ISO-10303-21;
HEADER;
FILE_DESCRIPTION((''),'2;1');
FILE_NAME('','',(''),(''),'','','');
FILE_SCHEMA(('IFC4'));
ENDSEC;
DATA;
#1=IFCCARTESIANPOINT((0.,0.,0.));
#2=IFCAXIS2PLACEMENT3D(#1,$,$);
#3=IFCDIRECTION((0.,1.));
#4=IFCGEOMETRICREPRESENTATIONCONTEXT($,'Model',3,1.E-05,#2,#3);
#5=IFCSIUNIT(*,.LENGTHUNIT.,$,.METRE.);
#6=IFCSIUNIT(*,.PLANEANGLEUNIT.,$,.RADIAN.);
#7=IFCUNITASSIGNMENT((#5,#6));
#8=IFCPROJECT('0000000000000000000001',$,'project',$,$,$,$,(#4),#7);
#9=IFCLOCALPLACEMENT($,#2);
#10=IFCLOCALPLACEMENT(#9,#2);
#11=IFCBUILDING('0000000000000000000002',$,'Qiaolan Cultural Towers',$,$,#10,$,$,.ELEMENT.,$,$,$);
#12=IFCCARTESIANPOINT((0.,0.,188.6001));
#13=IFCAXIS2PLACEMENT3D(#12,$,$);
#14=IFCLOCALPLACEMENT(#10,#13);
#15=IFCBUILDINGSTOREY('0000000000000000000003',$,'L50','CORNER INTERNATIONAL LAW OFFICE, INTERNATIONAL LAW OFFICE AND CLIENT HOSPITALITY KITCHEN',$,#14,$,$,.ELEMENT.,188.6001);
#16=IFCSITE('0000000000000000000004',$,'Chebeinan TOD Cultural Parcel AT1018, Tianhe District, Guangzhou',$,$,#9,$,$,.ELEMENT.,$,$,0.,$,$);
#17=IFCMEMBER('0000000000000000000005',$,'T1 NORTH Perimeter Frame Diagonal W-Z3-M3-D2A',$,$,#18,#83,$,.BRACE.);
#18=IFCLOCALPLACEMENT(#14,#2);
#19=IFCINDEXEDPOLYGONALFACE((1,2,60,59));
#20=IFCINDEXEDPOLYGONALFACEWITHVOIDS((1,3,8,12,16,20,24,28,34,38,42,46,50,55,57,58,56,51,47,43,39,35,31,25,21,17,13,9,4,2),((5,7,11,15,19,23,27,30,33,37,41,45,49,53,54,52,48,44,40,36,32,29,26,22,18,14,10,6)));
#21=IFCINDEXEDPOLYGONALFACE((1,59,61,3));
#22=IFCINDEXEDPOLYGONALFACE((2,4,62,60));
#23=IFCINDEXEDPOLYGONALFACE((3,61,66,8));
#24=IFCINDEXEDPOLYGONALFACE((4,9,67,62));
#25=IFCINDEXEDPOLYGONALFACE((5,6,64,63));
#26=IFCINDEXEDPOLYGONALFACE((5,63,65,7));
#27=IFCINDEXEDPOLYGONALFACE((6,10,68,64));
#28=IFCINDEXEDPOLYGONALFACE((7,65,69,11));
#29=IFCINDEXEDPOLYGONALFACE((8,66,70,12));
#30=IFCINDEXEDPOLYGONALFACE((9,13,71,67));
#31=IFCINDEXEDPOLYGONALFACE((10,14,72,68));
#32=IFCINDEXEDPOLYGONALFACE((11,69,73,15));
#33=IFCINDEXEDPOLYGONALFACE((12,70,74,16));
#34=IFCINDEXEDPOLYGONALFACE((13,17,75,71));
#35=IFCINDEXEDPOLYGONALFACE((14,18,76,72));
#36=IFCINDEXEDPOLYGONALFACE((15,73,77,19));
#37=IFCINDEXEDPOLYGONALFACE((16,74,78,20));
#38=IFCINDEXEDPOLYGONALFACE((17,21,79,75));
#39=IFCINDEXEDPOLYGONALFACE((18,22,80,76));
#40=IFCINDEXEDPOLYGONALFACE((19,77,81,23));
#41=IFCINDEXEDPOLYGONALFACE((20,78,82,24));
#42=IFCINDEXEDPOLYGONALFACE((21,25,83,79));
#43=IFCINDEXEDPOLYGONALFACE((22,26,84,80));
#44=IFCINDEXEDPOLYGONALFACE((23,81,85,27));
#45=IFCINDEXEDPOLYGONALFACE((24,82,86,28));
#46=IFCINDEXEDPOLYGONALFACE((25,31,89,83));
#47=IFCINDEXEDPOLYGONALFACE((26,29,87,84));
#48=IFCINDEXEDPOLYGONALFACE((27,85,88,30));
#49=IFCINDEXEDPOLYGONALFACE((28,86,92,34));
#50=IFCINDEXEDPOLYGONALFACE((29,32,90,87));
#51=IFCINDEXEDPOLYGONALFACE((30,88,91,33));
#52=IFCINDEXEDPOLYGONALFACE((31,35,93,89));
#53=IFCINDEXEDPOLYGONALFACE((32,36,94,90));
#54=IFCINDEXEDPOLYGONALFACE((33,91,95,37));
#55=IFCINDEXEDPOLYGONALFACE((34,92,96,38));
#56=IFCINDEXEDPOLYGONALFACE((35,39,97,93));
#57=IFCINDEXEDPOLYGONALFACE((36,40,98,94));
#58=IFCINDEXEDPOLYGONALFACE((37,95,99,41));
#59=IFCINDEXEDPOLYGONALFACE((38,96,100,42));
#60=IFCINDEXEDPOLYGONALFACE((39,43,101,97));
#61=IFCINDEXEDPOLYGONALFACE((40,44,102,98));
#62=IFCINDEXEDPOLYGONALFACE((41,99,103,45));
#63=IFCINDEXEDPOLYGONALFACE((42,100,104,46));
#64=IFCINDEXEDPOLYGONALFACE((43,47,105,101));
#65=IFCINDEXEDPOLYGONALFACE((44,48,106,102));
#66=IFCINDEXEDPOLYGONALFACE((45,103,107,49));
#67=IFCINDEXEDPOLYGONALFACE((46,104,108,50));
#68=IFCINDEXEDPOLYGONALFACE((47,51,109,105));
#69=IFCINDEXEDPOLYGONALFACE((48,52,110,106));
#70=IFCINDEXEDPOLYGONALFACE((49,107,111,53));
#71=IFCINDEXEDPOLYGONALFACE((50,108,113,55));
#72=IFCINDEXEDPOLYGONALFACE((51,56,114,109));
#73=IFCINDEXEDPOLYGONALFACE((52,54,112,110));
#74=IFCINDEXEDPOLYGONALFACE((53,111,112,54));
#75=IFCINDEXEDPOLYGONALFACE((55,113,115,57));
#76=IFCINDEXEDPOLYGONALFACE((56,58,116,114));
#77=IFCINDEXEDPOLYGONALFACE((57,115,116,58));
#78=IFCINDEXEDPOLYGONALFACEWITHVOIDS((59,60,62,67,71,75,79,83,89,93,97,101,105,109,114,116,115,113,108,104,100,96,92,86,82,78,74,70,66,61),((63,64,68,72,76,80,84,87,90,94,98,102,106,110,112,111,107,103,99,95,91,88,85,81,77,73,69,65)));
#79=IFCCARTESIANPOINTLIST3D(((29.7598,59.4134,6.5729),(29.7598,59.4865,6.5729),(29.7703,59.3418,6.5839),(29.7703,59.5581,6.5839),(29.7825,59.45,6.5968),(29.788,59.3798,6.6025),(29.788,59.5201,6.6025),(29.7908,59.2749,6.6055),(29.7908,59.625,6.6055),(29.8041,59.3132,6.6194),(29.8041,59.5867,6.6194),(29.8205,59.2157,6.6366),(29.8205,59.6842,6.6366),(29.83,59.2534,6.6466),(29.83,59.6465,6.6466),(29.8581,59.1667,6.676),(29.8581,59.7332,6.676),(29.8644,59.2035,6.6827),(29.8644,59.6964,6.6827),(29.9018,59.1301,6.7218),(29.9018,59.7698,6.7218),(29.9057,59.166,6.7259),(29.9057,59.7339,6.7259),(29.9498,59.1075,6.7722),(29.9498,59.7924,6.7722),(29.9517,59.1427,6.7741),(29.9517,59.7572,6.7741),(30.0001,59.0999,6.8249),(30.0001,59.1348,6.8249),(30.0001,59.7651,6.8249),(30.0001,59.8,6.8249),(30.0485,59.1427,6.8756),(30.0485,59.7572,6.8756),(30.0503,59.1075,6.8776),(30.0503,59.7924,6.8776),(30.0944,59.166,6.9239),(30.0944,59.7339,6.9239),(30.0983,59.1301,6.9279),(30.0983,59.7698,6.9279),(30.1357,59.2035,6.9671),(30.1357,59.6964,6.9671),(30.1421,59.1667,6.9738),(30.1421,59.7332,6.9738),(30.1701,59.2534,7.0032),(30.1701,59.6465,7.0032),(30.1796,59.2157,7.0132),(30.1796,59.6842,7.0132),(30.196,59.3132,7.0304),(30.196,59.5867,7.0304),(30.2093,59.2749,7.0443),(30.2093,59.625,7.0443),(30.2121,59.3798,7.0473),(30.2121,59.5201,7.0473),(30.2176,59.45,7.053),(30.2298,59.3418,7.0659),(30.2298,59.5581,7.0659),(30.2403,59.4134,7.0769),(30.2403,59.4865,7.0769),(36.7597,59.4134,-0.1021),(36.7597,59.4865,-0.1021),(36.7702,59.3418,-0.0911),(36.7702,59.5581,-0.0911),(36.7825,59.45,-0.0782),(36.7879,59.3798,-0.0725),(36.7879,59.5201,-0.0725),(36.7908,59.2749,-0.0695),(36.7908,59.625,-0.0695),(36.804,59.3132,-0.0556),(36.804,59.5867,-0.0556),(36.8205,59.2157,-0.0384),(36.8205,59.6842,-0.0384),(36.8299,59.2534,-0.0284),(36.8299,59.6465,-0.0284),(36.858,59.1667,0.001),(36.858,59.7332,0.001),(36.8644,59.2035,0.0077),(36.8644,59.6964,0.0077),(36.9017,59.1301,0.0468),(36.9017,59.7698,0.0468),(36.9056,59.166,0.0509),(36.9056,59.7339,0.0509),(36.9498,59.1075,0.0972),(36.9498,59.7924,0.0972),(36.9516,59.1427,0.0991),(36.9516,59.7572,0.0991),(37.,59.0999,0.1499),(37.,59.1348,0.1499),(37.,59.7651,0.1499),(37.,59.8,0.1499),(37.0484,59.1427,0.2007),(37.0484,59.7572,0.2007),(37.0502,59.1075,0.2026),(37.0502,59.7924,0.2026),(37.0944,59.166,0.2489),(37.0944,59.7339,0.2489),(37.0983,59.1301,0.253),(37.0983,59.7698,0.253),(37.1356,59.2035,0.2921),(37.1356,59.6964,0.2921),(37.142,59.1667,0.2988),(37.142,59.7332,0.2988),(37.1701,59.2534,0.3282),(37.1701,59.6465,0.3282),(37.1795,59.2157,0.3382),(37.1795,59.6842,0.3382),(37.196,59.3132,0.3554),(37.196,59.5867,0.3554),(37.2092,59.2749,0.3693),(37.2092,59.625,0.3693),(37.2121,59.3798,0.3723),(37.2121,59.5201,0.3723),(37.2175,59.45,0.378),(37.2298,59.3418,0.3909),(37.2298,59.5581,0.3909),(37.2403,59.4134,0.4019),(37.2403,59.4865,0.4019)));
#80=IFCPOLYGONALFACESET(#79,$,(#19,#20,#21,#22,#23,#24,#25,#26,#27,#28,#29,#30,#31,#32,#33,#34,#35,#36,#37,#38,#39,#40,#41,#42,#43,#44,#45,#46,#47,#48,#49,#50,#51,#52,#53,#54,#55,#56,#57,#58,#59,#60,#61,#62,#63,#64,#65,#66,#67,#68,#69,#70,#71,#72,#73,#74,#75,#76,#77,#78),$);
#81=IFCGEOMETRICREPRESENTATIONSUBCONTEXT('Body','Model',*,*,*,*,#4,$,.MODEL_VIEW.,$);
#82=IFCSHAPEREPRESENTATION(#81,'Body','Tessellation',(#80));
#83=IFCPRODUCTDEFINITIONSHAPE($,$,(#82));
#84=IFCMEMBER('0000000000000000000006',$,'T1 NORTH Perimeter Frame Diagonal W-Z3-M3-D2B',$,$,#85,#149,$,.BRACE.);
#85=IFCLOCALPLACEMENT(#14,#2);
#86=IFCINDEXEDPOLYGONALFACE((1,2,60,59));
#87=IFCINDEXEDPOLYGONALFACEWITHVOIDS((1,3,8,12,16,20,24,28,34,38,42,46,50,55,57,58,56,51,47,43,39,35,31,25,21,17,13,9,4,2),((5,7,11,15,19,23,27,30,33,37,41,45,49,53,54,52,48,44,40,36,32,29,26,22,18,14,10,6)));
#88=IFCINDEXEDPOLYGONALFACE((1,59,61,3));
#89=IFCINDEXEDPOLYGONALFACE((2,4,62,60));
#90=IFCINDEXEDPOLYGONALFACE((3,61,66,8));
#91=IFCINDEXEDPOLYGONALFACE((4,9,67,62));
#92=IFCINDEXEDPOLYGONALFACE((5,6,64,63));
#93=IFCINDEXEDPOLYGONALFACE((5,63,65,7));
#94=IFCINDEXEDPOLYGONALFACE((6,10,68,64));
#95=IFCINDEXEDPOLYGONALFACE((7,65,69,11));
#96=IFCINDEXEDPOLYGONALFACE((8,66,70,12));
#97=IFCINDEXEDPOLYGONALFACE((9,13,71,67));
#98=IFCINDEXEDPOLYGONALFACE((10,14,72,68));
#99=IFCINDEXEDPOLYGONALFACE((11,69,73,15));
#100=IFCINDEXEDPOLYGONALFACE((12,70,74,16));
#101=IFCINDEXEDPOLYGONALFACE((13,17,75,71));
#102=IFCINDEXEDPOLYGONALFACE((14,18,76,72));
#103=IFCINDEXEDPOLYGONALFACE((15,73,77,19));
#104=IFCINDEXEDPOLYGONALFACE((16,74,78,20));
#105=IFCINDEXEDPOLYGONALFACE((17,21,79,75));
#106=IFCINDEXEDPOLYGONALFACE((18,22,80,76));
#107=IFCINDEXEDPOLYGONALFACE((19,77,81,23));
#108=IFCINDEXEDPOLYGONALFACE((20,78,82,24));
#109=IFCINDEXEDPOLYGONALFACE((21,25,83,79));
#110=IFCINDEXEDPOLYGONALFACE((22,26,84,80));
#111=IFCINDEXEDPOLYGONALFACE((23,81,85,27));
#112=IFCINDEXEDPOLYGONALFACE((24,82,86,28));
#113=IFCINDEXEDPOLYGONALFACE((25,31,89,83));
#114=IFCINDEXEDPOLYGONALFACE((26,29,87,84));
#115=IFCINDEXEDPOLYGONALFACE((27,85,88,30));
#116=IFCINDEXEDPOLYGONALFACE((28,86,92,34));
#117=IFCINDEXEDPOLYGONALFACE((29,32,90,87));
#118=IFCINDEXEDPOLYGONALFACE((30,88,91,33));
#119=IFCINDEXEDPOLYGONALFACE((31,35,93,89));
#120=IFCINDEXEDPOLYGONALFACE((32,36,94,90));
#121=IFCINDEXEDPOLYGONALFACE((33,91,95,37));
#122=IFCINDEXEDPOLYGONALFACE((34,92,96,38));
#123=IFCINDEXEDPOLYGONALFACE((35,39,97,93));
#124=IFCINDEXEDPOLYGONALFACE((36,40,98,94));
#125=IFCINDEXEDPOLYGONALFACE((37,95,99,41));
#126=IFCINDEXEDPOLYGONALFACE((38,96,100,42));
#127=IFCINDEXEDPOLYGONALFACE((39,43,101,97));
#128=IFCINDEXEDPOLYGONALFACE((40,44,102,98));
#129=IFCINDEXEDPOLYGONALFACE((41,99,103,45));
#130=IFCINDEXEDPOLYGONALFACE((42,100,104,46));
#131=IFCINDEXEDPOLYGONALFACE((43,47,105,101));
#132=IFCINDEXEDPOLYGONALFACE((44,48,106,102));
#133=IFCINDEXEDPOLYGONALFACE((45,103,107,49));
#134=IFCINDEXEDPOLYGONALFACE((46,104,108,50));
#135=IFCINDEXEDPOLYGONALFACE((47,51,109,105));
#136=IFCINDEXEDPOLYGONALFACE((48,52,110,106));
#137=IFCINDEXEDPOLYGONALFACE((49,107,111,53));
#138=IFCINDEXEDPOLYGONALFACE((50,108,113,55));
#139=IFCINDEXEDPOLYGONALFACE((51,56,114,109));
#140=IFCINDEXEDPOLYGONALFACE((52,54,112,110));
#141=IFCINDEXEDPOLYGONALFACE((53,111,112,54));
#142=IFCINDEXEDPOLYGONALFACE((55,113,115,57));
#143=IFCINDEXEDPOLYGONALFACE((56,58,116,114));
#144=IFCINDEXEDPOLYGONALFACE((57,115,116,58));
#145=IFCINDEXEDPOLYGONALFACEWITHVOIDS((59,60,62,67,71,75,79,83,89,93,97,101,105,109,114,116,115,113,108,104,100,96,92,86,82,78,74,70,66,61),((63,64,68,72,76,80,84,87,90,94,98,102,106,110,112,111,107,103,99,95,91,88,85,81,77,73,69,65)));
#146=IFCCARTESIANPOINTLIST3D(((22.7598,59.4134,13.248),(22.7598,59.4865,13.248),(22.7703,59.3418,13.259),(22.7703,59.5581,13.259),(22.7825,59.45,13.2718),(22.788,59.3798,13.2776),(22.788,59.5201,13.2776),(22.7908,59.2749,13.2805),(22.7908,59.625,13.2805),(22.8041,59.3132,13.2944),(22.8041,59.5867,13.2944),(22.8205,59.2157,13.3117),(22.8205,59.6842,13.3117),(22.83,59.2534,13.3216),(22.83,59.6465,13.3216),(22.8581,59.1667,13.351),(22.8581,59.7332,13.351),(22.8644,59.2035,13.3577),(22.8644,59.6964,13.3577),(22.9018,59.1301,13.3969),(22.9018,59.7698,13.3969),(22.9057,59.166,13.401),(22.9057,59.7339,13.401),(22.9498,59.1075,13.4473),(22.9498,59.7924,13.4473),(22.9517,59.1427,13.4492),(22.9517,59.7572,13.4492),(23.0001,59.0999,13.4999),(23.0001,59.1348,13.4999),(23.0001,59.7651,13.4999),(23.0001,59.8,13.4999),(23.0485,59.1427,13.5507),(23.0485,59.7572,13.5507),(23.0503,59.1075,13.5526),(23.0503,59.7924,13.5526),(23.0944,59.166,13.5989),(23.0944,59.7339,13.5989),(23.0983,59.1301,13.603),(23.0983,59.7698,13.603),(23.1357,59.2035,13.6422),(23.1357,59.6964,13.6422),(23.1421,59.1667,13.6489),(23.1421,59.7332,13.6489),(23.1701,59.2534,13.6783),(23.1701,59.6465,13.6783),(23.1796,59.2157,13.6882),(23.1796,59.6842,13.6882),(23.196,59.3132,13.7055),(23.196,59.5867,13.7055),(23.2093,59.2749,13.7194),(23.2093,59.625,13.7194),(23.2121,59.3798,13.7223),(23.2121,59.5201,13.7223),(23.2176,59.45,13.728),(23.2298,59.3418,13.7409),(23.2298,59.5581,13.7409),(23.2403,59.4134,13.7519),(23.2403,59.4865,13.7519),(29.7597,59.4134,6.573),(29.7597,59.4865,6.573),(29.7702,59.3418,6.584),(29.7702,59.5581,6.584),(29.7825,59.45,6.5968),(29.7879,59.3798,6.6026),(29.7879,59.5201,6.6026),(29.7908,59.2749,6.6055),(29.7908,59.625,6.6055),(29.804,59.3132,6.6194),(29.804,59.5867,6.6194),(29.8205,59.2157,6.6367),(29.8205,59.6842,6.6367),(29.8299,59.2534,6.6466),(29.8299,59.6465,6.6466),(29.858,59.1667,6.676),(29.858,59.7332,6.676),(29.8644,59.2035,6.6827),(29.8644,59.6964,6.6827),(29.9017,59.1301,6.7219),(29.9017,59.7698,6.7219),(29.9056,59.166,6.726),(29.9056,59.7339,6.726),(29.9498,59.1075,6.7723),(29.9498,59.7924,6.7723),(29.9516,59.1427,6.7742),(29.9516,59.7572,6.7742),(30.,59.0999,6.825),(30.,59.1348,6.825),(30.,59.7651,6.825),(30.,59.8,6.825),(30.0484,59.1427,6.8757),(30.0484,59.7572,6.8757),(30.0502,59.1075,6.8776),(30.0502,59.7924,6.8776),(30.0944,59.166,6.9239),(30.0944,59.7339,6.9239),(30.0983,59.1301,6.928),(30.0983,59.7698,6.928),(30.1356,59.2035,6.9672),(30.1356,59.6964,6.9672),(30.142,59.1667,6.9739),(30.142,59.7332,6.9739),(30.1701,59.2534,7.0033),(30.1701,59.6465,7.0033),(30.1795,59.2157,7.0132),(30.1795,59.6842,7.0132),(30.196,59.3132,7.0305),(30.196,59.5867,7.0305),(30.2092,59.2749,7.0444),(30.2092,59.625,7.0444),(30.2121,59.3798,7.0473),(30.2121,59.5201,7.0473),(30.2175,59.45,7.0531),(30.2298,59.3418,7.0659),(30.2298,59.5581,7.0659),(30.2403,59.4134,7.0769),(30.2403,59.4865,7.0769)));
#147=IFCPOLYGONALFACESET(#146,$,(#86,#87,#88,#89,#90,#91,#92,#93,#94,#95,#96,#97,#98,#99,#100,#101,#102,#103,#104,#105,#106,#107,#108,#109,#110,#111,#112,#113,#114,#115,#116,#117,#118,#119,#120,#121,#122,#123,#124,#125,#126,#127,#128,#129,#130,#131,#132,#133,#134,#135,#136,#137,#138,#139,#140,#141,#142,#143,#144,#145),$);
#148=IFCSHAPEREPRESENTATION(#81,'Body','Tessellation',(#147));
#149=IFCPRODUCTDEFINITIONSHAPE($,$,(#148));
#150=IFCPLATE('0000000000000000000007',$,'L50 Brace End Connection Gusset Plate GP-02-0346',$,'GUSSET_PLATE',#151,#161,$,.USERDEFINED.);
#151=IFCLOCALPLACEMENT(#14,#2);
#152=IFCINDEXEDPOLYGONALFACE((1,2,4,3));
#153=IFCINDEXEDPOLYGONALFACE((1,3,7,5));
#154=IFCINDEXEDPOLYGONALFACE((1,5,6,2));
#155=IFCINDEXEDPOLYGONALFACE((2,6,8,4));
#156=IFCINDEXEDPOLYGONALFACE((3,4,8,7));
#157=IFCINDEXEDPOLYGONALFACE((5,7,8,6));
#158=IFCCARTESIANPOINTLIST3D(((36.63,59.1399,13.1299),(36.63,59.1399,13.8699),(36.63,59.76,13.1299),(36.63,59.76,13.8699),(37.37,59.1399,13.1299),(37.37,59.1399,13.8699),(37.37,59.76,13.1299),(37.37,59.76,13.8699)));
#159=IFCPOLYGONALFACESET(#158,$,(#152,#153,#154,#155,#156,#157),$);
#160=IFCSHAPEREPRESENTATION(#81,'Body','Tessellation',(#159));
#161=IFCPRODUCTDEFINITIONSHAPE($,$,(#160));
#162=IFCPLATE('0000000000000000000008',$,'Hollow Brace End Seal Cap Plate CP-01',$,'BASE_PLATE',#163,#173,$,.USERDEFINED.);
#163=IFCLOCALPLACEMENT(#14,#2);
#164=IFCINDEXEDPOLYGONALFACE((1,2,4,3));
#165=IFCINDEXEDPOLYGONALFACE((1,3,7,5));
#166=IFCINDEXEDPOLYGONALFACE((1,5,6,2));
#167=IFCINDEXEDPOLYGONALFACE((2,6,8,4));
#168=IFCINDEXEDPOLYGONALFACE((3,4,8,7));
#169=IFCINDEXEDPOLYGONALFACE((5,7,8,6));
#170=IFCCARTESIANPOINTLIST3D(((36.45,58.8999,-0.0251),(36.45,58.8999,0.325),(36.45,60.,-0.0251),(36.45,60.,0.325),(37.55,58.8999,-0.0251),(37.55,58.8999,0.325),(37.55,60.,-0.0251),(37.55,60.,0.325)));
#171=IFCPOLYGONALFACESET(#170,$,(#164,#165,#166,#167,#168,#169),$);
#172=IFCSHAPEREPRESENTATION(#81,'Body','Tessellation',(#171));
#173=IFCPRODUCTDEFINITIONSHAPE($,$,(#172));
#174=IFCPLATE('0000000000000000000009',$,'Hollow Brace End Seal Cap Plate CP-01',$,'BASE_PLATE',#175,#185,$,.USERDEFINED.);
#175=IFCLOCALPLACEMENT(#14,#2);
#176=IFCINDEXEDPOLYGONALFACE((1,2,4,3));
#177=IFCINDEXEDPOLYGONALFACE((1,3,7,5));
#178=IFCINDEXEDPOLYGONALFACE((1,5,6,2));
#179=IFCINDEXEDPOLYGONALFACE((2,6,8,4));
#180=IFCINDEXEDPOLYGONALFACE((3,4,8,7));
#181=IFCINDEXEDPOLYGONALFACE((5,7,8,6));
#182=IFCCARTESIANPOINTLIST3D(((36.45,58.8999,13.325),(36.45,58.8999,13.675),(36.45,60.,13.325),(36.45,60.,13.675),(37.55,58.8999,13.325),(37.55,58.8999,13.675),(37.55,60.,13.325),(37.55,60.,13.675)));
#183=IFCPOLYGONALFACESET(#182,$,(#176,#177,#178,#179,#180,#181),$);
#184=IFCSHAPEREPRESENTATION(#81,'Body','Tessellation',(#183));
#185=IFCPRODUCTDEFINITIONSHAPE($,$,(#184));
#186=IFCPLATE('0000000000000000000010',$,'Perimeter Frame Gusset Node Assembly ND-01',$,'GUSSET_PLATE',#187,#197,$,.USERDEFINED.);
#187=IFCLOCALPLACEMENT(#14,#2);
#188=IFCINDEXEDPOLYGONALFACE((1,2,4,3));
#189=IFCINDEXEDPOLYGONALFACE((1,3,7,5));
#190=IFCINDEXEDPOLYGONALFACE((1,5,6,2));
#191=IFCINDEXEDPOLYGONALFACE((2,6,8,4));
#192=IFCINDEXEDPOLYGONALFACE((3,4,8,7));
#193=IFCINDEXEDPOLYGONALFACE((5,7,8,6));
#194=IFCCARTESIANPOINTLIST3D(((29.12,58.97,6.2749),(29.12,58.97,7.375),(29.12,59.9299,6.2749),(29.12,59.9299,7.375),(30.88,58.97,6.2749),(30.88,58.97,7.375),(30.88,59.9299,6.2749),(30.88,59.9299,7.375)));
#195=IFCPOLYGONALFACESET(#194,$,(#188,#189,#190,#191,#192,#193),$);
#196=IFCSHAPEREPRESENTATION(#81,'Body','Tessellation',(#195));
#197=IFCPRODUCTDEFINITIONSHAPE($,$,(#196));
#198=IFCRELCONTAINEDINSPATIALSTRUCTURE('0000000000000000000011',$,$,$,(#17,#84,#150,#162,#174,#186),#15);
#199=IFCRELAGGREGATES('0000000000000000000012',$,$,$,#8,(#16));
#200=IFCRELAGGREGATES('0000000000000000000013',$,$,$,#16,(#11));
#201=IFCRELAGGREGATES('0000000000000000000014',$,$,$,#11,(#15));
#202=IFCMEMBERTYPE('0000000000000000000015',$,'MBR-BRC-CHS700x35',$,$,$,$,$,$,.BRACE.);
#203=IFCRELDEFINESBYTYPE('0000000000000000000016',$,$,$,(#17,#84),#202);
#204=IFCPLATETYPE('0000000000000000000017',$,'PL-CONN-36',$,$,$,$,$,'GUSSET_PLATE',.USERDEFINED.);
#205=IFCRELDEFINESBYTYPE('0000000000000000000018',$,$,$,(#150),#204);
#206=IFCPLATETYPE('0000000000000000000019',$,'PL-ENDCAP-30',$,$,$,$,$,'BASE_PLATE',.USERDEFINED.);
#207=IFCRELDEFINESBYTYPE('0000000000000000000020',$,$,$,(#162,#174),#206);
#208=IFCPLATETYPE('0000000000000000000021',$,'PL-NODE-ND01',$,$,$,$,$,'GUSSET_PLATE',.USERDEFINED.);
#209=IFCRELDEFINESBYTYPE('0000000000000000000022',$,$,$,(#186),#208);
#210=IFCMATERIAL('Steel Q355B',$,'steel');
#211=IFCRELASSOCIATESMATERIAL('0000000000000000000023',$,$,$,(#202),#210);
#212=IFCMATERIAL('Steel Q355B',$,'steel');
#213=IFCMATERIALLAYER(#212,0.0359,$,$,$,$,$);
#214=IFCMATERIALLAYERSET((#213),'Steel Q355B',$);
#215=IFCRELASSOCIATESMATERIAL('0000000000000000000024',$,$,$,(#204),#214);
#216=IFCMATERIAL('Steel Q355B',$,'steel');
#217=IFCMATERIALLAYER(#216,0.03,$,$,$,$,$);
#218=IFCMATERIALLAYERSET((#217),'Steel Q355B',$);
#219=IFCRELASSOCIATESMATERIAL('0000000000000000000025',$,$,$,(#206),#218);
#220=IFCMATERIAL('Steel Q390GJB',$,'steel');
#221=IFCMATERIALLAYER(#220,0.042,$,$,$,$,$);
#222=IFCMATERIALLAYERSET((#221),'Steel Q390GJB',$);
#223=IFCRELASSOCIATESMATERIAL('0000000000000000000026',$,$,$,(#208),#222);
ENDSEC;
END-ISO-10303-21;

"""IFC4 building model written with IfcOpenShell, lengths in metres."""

from ifc_helpers import new_model, si_unit, direction, frame, origin, origin_2d, place, context, subcontext, project, spatial, rectangle, hollow_circle, extrude, material, layer, layer_set, material_profile, profile_set, type_object, element, save


model = new_model("IFC4")

# Units and contexts
model_context = context("Model", 3, precision=1e-05, world=origin(), true_north=direction((0.0, 1.0)))
body_context = subcontext(model_context, "Body", "Model", "MODEL_VIEW")
ifc_project = project(units=[si_unit("LENGTHUNIT", "METRE"), si_unit("PLANEANGLEUNIT", "RADIAN")], contexts=[model_context])

# Site, building, storey
site_placement = place(None, origin())
site = spatial("IfcSite", under=ifc_project, at=site_placement, Name="Chebeinan TOD Cultural Parcel AT1018, Tianhe District, Guangzhou", CompositionType="ELEMENT", RefElevation=0.0)
building_placement = place(site_placement, origin())
building = spatial("IfcBuilding", under=site, at=building_placement, Name="Qiaolan Cultural Towers", CompositionType="ELEMENT")
storey_placement = place(building_placement, frame((0.0, 0.0, 188.6001)))
storey = spatial("IfcBuildingStorey", under=building, at=storey_placement, Name="L50", Description="CORNER INTERNATIONAL LAW OFFICE, INTERNATIONAL LAW OFFICE AND CLIENT HOSPITALITY KITCHEN", CompositionType="ELEMENT", Elevation=188.6001)

# Members
ifc_material_1 = material(Name="Steel Q355B", Category="steel")
ifc_material_profile_1 = material_profile(ifc_material_1, hollow_circle(Radius=0.3501, WallThickness=0.0349, at=origin_2d()), Name="CHS700x35")
ifc_profile_set_1 = profile_set([ifc_material_profile_1], Name="Steel Q355B")
member_type = type_object("IfcMemberType", Name="MBR-BRC-CHS700x35", PredefinedType="BRACE", material=ifc_profile_set_1)
for number, where, z_axis, x_axis, name in (
    (1, (37.0, 59.45, 0.1499), (-0.723705, 0.0, 0.690109), (0.0, -1.0, 0.0), "T1 NORTH Perimeter Frame Diagonal W-Z3-M3-D2A"),
    (2, (30.0, 59.45, 6.825), (-0.723705, 0.0, 0.690109), (0.0, -1.0, 0.0), "T1 NORTH Perimeter Frame Diagonal W-Z3-M3-D2B"),
):
    element("IfcMember", number, at=place(storey_placement, frame(where, z_axis=z_axis, x_axis=x_axis)), inside=storey, type_object=member_type, Name=name, PredefinedType="BRACE", context=body_context, shape_type="SweptSolid", body=[
        extrude(hollow_circle(Radius=0.3501, WallThickness=0.0349, at=origin_2d()), origin(), (0.0, 0.0, 1.0), 9.6724),
    ])

# Plates
ifc_material_2 = material(Name="Steel Q355B", Category="steel")
ifc_layer_1 = layer(ifc_material_2, 0.0359)
ifc_layer_set_1 = layer_set([ifc_layer_1], Name="Steel Q355B")
plate_type_1 = type_object("IfcPlateType", Name="PL-CONN-36", ElementType="GUSSET_PLATE", PredefinedType="USERDEFINED", material=ifc_layer_set_1)
plate_1_placement = place(storey_placement, frame((37.0, 59.45, 13.1299), z_axis=(0.0, 0.0, 1.0), x_axis=(1.0, 0.0, 0.0)))
element("IfcPlate", 3, at=plate_1_placement, inside=storey, type_object=plate_type_1, Name="L50 Brace End Connection Gusset Plate GP-02-0346", ObjectType="GUSSET_PLATE", PredefinedType="USERDEFINED", context=body_context, shape_type="SweptSolid", body=[
    extrude(rectangle(XDim=0.74, YDim=0.6201, at=origin_2d()), origin(), (0.0, 0.0, 1.0), 0.74),
])
ifc_material_3 = material(Name="Steel Q355B", Category="steel")
ifc_layer_2 = layer(ifc_material_3, 0.03)
ifc_layer_set_2 = layer_set([ifc_layer_2], Name="Steel Q355B")
plate_type_2 = type_object("IfcPlateType", Name="PL-ENDCAP-30", ElementType="BASE_PLATE", PredefinedType="USERDEFINED", material=ifc_layer_set_2)
for number, where, z_axis, x_axis, name in (
    (4, (37.0, 59.45, -0.0251), (0.0, 0.0, 1.0), (1.0, 0.0, 0.0), "Hollow Brace End Seal Cap Plate CP-01"),
    (5, (37.0, 59.45, 13.325), (0.0, 0.0, 1.0), (1.0, 0.0, 0.0), "Hollow Brace End Seal Cap Plate CP-01"),
):
    element("IfcPlate", number, at=place(storey_placement, frame(where, z_axis=z_axis, x_axis=x_axis)), inside=storey, type_object=plate_type_2, Name=name, ObjectType="BASE_PLATE", PredefinedType="USERDEFINED", context=body_context, shape_type="SweptSolid", body=[
        extrude(rectangle(XDim=1.1001, YDim=1.1001, at=origin_2d()), origin(), (0.0, 0.0, 1.0), 0.3501),
    ])
ifc_material_4 = material(Name="Steel Q390GJB", Category="steel")
ifc_layer_3 = layer(ifc_material_4, 0.042)
ifc_layer_set_3 = layer_set([ifc_layer_3], Name="Steel Q390GJB")
plate_type_3 = type_object("IfcPlateType", Name="PL-NODE-ND01", ElementType="GUSSET_PLATE", PredefinedType="USERDEFINED", material=ifc_layer_set_3)
plate_2_placement = place(storey_placement, frame((30.0, 59.45, 6.2749), z_axis=(0.0, 0.0, 1.0), x_axis=(1.0, 0.0, 0.0)))
element("IfcPlate", 6, at=plate_2_placement, inside=storey, type_object=plate_type_3, Name="Perimeter Frame Gusset Node Assembly ND-01", ObjectType="GUSSET_PLATE", PredefinedType="USERDEFINED", context=body_context, shape_type="SweptSolid", body=[
    extrude(rectangle(XDim=1.76, YDim=0.96, at=origin_2d()), origin(), (0.0, 0.0, 1.0), 1.1001),
])

save(model, "model.ifc")
